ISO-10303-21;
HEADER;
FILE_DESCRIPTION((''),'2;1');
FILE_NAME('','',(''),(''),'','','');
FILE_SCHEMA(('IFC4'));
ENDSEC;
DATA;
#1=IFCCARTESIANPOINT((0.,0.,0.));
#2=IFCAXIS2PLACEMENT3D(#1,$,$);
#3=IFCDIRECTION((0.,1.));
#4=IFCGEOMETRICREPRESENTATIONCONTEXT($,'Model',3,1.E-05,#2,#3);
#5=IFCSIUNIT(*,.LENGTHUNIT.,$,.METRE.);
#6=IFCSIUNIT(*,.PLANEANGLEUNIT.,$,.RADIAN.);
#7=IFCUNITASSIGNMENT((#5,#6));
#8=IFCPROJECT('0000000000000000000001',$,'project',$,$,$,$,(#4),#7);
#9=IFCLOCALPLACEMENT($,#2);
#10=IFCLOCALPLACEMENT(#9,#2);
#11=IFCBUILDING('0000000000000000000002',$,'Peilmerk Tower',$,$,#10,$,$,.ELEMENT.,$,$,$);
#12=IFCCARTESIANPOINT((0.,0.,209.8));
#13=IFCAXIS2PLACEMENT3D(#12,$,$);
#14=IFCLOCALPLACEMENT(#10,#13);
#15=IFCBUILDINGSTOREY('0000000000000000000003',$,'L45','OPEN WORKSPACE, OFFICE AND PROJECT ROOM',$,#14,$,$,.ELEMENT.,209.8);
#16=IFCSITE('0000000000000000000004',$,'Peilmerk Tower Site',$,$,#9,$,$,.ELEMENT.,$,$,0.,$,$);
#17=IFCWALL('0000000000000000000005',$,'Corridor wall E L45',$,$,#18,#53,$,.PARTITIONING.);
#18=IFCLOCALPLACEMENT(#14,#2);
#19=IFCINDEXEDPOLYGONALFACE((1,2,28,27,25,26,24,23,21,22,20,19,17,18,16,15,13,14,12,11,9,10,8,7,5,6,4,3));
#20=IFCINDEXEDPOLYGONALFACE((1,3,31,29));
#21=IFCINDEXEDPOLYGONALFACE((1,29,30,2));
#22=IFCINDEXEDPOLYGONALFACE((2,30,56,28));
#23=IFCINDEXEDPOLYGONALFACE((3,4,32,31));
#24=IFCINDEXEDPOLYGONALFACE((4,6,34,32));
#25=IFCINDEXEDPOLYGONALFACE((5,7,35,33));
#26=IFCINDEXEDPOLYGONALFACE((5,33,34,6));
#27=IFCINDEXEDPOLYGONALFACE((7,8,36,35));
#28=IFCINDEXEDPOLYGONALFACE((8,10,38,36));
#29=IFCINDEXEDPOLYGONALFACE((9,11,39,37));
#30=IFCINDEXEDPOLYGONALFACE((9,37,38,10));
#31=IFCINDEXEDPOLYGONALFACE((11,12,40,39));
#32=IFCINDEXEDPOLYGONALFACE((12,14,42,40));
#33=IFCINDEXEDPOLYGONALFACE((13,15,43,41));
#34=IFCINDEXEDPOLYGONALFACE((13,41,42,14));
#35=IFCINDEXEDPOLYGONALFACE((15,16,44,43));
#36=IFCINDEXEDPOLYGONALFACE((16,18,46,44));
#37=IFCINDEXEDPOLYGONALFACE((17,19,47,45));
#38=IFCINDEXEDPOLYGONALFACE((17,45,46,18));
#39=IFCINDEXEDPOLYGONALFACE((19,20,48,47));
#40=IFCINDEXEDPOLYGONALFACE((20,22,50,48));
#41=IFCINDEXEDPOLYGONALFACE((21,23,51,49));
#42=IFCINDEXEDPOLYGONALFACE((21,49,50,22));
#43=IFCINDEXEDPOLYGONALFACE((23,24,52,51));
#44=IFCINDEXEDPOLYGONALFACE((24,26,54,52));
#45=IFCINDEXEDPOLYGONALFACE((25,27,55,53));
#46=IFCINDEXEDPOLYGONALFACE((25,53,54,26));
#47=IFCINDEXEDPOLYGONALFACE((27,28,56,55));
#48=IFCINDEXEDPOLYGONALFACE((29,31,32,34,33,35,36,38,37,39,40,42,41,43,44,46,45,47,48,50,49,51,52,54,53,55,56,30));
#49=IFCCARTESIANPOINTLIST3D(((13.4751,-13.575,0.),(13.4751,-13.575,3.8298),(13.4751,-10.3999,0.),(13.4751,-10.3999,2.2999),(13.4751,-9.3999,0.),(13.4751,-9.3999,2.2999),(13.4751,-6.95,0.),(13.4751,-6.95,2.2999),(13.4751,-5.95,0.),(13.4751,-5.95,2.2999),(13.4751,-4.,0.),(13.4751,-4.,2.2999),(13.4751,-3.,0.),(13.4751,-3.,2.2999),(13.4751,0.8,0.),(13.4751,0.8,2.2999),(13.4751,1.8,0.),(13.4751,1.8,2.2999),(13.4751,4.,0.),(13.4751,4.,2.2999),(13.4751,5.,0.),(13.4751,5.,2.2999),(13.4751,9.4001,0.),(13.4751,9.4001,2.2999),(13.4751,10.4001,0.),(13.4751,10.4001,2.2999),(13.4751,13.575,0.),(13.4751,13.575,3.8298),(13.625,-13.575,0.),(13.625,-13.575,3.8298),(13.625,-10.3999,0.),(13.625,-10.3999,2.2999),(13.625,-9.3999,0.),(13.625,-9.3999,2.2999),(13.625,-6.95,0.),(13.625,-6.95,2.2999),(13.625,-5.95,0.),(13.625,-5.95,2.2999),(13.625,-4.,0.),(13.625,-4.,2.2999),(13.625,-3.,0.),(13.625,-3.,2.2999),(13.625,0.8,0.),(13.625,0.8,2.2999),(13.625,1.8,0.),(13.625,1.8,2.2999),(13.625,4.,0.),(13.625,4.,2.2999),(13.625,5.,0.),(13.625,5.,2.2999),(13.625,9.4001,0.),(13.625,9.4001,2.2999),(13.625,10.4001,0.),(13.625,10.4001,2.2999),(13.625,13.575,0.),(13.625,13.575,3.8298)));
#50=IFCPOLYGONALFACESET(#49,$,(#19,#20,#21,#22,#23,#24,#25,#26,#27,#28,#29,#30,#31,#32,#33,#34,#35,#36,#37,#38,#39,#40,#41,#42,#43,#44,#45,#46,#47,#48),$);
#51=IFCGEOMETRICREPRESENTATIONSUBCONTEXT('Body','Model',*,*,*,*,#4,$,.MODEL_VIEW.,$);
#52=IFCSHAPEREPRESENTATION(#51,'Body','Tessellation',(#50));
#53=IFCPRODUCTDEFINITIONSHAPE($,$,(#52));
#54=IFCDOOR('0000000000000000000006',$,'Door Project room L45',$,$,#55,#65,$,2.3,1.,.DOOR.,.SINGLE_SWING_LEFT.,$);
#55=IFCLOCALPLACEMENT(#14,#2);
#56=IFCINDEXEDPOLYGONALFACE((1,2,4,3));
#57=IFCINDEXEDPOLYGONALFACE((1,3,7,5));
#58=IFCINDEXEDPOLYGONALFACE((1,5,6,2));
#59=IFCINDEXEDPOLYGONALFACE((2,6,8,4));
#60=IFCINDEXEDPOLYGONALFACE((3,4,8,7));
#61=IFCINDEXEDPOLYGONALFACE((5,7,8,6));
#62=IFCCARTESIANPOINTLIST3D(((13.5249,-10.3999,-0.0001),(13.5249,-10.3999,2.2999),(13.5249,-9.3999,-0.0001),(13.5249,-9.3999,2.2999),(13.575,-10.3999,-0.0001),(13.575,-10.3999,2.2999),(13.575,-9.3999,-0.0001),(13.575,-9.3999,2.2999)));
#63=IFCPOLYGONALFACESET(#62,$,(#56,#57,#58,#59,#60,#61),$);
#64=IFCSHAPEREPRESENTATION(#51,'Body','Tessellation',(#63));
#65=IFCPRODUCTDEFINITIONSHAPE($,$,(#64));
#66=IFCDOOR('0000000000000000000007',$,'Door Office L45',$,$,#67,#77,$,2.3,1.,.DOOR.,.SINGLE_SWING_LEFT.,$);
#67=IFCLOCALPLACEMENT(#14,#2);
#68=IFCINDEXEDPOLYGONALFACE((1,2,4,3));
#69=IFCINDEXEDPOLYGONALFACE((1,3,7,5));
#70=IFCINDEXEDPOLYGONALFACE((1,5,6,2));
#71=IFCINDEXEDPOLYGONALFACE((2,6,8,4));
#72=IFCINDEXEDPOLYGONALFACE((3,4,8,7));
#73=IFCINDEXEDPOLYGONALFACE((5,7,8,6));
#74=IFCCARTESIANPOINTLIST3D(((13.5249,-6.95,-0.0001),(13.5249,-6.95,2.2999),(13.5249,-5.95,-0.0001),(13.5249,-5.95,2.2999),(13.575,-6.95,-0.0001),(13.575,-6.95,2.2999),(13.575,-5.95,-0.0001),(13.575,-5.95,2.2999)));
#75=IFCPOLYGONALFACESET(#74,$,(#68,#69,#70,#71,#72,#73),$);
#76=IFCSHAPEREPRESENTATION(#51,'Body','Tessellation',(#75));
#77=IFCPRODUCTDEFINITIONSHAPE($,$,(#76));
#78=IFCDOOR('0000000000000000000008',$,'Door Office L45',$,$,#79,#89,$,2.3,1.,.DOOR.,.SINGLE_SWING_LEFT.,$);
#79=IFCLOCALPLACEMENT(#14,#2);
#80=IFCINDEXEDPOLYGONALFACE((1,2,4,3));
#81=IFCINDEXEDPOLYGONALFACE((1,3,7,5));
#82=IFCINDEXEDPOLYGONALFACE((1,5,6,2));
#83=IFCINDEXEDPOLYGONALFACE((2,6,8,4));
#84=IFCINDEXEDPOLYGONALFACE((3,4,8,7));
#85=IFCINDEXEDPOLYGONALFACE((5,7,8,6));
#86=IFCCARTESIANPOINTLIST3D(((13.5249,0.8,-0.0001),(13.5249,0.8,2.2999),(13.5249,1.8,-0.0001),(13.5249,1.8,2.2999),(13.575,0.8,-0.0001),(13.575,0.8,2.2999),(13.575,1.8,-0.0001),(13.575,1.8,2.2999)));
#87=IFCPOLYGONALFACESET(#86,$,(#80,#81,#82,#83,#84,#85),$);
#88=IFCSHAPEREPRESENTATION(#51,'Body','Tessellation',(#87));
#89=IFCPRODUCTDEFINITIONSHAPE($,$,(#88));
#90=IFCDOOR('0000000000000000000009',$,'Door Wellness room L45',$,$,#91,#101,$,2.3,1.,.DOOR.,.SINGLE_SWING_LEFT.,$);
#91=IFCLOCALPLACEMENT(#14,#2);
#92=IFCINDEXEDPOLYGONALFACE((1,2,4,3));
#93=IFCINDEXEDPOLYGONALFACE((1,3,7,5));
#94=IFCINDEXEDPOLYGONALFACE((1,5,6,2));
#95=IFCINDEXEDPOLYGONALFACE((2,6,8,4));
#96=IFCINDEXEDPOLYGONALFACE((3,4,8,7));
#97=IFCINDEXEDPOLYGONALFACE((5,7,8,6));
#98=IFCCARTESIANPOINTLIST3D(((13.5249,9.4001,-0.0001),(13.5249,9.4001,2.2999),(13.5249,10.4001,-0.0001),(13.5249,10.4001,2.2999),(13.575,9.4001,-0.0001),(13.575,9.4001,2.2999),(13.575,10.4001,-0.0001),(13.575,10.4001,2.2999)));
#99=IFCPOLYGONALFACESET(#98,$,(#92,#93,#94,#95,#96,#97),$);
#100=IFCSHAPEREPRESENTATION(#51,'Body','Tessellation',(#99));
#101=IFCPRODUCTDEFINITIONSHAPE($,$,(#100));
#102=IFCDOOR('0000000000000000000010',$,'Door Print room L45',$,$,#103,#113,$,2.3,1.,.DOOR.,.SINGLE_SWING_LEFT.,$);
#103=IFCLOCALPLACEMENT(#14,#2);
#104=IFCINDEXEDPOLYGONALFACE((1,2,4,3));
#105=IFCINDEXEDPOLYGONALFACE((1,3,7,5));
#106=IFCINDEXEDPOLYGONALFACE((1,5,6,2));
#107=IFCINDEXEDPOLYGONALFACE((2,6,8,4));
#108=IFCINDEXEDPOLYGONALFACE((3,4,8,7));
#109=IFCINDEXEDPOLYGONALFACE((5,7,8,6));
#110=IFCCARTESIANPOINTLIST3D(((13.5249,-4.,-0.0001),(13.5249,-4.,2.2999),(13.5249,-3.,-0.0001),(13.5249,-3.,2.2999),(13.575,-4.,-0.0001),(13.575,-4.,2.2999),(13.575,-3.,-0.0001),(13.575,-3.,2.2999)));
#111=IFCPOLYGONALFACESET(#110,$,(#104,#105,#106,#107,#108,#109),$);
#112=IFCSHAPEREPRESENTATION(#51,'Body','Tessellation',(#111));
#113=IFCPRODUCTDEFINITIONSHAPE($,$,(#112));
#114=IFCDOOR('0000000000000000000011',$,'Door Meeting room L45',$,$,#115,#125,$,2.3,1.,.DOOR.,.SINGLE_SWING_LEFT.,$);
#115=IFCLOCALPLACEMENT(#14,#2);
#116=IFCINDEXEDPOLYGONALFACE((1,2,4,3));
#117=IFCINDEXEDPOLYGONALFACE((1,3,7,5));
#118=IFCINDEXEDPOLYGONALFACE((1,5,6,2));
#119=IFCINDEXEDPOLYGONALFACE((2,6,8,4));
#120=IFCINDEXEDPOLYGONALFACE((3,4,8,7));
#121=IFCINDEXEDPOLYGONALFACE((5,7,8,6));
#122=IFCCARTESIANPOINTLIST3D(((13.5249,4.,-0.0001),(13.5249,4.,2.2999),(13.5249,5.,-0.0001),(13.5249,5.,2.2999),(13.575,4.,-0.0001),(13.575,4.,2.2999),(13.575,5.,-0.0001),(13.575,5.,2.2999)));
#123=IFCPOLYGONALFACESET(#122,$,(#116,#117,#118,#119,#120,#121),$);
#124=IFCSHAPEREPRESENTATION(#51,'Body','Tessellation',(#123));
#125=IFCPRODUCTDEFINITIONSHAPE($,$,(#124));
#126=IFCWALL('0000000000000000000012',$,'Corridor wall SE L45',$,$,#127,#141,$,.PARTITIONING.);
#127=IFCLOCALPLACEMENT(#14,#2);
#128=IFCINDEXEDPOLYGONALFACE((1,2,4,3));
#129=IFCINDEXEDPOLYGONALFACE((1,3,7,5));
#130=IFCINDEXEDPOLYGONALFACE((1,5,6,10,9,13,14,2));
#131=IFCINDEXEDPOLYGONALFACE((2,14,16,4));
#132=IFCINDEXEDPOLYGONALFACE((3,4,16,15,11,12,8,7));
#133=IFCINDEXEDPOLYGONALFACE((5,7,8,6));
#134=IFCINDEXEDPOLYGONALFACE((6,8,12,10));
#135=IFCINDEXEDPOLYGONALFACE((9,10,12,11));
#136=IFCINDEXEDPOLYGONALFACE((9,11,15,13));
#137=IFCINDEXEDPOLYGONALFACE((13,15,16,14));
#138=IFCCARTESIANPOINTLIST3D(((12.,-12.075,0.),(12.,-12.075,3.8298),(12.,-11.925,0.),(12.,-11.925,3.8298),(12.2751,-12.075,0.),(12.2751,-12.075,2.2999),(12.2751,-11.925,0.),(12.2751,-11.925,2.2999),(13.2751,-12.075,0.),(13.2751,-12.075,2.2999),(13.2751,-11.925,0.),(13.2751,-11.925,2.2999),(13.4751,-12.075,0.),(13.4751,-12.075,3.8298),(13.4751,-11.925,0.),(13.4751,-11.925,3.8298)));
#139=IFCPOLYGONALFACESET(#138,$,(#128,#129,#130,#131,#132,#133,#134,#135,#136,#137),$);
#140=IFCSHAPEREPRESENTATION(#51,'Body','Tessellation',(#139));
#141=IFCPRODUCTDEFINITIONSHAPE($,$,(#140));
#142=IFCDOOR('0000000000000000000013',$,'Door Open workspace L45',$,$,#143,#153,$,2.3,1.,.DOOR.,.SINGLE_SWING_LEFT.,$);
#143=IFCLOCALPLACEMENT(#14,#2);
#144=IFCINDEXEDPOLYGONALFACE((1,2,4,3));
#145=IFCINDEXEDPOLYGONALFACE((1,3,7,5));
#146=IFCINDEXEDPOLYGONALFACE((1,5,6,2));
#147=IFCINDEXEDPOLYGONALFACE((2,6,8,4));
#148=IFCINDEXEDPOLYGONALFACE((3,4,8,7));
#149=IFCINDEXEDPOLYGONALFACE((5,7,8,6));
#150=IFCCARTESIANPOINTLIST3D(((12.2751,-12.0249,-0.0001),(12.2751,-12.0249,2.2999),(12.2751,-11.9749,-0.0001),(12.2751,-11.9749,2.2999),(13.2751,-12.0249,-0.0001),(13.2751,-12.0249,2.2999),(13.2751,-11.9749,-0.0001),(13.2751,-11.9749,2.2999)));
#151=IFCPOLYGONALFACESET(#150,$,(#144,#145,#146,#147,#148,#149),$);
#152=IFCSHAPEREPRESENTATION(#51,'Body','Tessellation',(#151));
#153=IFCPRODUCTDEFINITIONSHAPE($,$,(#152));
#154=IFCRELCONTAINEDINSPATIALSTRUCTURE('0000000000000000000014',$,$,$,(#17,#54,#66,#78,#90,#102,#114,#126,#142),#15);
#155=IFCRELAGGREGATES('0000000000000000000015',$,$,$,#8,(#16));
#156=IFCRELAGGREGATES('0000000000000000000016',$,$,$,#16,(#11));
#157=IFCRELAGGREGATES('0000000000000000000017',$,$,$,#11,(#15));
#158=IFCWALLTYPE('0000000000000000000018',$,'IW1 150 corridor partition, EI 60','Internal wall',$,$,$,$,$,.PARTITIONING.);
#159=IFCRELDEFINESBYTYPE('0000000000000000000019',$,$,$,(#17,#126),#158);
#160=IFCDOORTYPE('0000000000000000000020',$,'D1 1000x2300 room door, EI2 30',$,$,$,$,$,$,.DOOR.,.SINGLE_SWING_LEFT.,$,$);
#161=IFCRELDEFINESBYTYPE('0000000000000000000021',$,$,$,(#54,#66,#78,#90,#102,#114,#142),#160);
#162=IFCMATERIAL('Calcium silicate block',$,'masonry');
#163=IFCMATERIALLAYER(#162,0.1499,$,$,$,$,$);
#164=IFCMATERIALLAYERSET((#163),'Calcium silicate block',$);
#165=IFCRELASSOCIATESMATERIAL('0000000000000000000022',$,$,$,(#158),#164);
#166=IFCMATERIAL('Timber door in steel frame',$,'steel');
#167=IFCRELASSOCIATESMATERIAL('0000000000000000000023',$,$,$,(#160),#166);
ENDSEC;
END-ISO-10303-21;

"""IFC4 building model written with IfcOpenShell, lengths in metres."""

from ifc_helpers import new_model, si_unit, direction, frame, frame_2d, origin, place, context, subcontext, project, spatial, rectangle, extrude, material, layer, layer_set, type_object, element, fill, save


model = new_model("IFC4")

# Units and contexts
model_context = context("Model", 3, precision=1e-05, world=origin(), true_north=direction((0.0, 1.0)))
body_context = subcontext(model_context, "Body", "Model", "MODEL_VIEW")
ifc_project = project(units=[si_unit("LENGTHUNIT", "METRE"), si_unit("PLANEANGLEUNIT", "RADIAN")], contexts=[model_context])

# Site, building, storey
site_placement = place(None, origin())
site = spatial("IfcSite", under=ifc_project, at=site_placement, Name="Peilmerk Tower Site", CompositionType="ELEMENT", RefElevation=0.0)
building_placement = place(site_placement, origin())
building = spatial("IfcBuilding", under=site, at=building_placement, Name="Peilmerk Tower", CompositionType="ELEMENT")
storey_placement = place(building_placement, frame((0.0, 0.0, 209.8)))
storey = spatial("IfcBuildingStorey", under=building, at=storey_placement, Name="L45", Description="OPEN WORKSPACE, OFFICE AND PROJECT ROOM", CompositionType="ELEMENT", Elevation=209.8)

# Wall, openings, doors
ifc_material_1 = material(Name="Calcium silicate block", Category="masonry")
ifc_layer_1 = layer(ifc_material_1, 0.1499)
ifc_layer_set_1 = layer_set([ifc_layer_1], Name="Calcium silicate block")
wall_type_1 = type_object("IfcWallType", Name="IW1 150 corridor partition, EI 60", Description="Internal wall", PredefinedType="PARTITIONING", material=ifc_layer_set_1)
wall_1_placement = place(storey_placement, frame((13.55, -13.575, 0.0), z_axis=(0.0, 0.0, 1.0), x_axis=(0.0, 1.0, 0.0)))
wall_1 = element("IfcWall", 1, at=wall_1_placement, inside=storey, type_object=wall_type_1, Name="Corridor wall E L45", PredefinedType="PARTITIONING", context=body_context, shape_type="SweptSolid", body=[
    extrude(rectangle(XDim=27.1499, YDim=0.1499, at=frame_2d((13.575, 0.0))), origin(), (0.0, 0.0, 1.0), 3.8298),
])
opening_1_placement = place(wall_1_placement, frame((3.175, 0.0, 0.0)))
opening_1 = element("IfcOpeningElement", 2, at=opening_1_placement, cuts=wall_1, PredefinedType="OPENING", context=body_context, shape_type="SweptSolid", body=[
    extrude(rectangle(XDim=1.0, YDim=2.3, at=frame_2d((0.5, 1.1499))), frame((0.0, 0.085, 0.0), z_axis=(0.0, -1.0, 0.0), x_axis=(1.0, 0.0, 0.0)), (0.0, 0.0, 1.0), 0.1699),
])
opening_2_placement = place(wall_1_placement, frame((6.625, 0.0, 0.0)))
opening_2 = element("IfcOpeningElement", 3, at=opening_2_placement, cuts=wall_1, PredefinedType="OPENING", context=body_context, shape_type="SweptSolid", body=[
    extrude(rectangle(XDim=1.0, YDim=2.3, at=frame_2d((0.5, 1.1499))), frame((0.0, 0.085, 0.0), z_axis=(0.0, -1.0, 0.0), x_axis=(1.0, 0.0, 0.0)), (0.0, 0.0, 1.0), 0.1699),
])
opening_3_placement = place(wall_1_placement, frame((14.375, 0.0, 0.0)))
opening_3 = element("IfcOpeningElement", 4, at=opening_3_placement, cuts=wall_1, PredefinedType="OPENING", context=body_context, shape_type="SweptSolid", body=[
    extrude(rectangle(XDim=1.0, YDim=2.3, at=frame_2d((0.5, 1.1499))), frame((0.0, 0.085, 0.0), z_axis=(0.0, -1.0, 0.0), x_axis=(1.0, 0.0, 0.0)), (0.0, 0.0, 1.0), 0.1699),
])
opening_4_placement = place(wall_1_placement, frame((22.9751, 0.0, 0.0)))
opening_4 = element("IfcOpeningElement", 5, at=opening_4_placement, cuts=wall_1, PredefinedType="OPENING", context=body_context, shape_type="SweptSolid", body=[
    extrude(rectangle(XDim=1.0, YDim=2.3, at=frame_2d((0.5, 1.1499))), frame((0.0, 0.085, 0.0), z_axis=(0.0, -1.0, 0.0), x_axis=(1.0, 0.0, 0.0)), (0.0, 0.0, 1.0), 0.1699),
])
opening_5_placement = place(wall_1_placement, frame((9.575, 0.0, 0.0)))
opening_5 = element("IfcOpeningElement", 6, at=opening_5_placement, cuts=wall_1, PredefinedType="OPENING", context=body_context, shape_type="SweptSolid", body=[
    extrude(rectangle(XDim=1.0, YDim=2.3, at=frame_2d((0.5, 1.1499))), frame((0.0, 0.085, 0.0), z_axis=(0.0, -1.0, 0.0), x_axis=(1.0, 0.0, 0.0)), (0.0, 0.0, 1.0), 0.1699),
])
opening_6_placement = place(wall_1_placement, frame((17.575, 0.0, 0.0)))
opening_6 = element("IfcOpeningElement", 7, at=opening_6_placement, cuts=wall_1, PredefinedType="OPENING", context=body_context, shape_type="SweptSolid", body=[
    extrude(rectangle(XDim=1.0, YDim=2.3, at=frame_2d((0.5, 1.1499))), frame((0.0, 0.085, 0.0), z_axis=(0.0, -1.0, 0.0), x_axis=(1.0, 0.0, 0.0)), (0.0, 0.0, 1.0), 0.1699),
])
ifc_material_2 = material(Name="Timber door in steel frame", Category="steel")
door_type = type_object("IfcDoorType", Name="D1 1000x2300 room door, EI2 30", OperationType="SINGLE_SWING_LEFT", PredefinedType="DOOR", material=ifc_material_2)
door_1_placement = place(opening_1_placement, frame((1.0, 0.0, 0.0), z_axis=(0.0, 0.0, 1.0), x_axis=(-1.0, 0.0, 0.0)))
door_1 = element("IfcDoor", 8, at=door_1_placement, inside=storey, type_object=door_type, Name="Door Project room L45", OperationType="SINGLE_SWING_LEFT", OverallHeight=2.3, OverallWidth=1.0, PredefinedType="DOOR", context=body_context, shape_type="SweptSolid", body=[
    extrude(rectangle(XDim=1.0, YDim=2.3, at=frame_2d((0.5, 1.1499))), frame((0.0, 0.0249, 0.0), z_axis=(0.0, -1.0, 0.0), x_axis=(1.0, 0.0, 0.0)), (0.0, 0.0, 1.0), 0.05),
])
fill(opening_1, door_1)
door_2_placement = place(opening_2_placement, frame((1.0, 0.0, 0.0), z_axis=(0.0, 0.0, 1.0), x_axis=(-1.0, 0.0, 0.0)))
door_2 = element("IfcDoor", 9, at=door_2_placement, inside=storey, type_object=door_type, Name="Door Office L45", OperationType="SINGLE_SWING_LEFT", OverallHeight=2.3, OverallWidth=1.0, PredefinedType="DOOR", context=body_context, shape_type="SweptSolid", body=[
    extrude(rectangle(XDim=1.0, YDim=2.3, at=frame_2d((0.5, 1.1499))), frame((0.0, 0.0249, 0.0), z_axis=(0.0, -1.0, 0.0), x_axis=(1.0, 0.0, 0.0)), (0.0, 0.0, 1.0), 0.05),
])
fill(opening_2, door_2)
door_3_placement = place(opening_3_placement, frame((1.0, 0.0, 0.0), z_axis=(0.0, 0.0, 1.0), x_axis=(-1.0, 0.0, 0.0)))
door_3 = element("IfcDoor", 10, at=door_3_placement, inside=storey, type_object=door_type, Name="Door Office L45", OperationType="SINGLE_SWING_LEFT", OverallHeight=2.3, OverallWidth=1.0, PredefinedType="DOOR", context=body_context, shape_type="SweptSolid", body=[
    extrude(rectangle(XDim=1.0, YDim=2.3, at=frame_2d((0.5, 1.1499))), frame((0.0, 0.0249, 0.0), z_axis=(0.0, -1.0, 0.0), x_axis=(1.0, 0.0, 0.0)), (0.0, 0.0, 1.0), 0.05),
])
fill(opening_3, door_3)
door_4_placement = place(opening_4_placement, frame((1.0, 0.0, 0.0), z_axis=(0.0, 0.0, 1.0), x_axis=(-1.0, 0.0, 0.0)))
door_4 = element("IfcDoor", 11, at=door_4_placement, inside=storey, type_object=door_type, Name="Door Wellness room L45", OperationType="SINGLE_SWING_LEFT", OverallHeight=2.3, OverallWidth=1.0, PredefinedType="DOOR", context=body_context, shape_type="SweptSolid", body=[
    extrude(rectangle(XDim=1.0, YDim=2.3, at=frame_2d((0.5, 1.1499))), frame((0.0, 0.0249, 0.0), z_axis=(0.0, -1.0, 0.0), x_axis=(1.0, 0.0, 0.0)), (0.0, 0.0, 1.0), 0.05),
])
fill(opening_4, door_4)
door_5_placement = place(opening_5_placement, frame((1.0, 0.0, 0.0), z_axis=(0.0, 0.0, 1.0), x_axis=(-1.0, 0.0, 0.0)))
door_5 = element("IfcDoor", 12, at=door_5_placement, inside=storey, type_object=door_type, Name="Door Print room L45", OperationType="SINGLE_SWING_LEFT", OverallHeight=2.3, OverallWidth=1.0, PredefinedType="DOOR", context=body_context, shape_type="SweptSolid", body=[
    extrude(rectangle(XDim=1.0, YDim=2.3, at=frame_2d((0.5, 1.1499))), frame((0.0, 0.0249, 0.0), z_axis=(0.0, -1.0, 0.0), x_axis=(1.0, 0.0, 0.0)), (0.0, 0.0, 1.0), 0.05),
])
fill(opening_5, door_5)
door_6_placement = place(opening_6_placement, frame((1.0, 0.0, 0.0), z_axis=(0.0, 0.0, 1.0), x_axis=(-1.0, 0.0, 0.0)))
door_6 = element("IfcDoor", 13, at=door_6_placement, inside=storey, type_object=door_type, Name="Door Meeting room L45", OperationType="SINGLE_SWING_LEFT", OverallHeight=2.3, OverallWidth=1.0, PredefinedType="DOOR", context=body_context, shape_type="SweptSolid", body=[
    extrude(rectangle(XDim=1.0, YDim=2.3, at=frame_2d((0.5, 1.1499))), frame((0.0, 0.0249, 0.0), z_axis=(0.0, -1.0, 0.0), x_axis=(1.0, 0.0, 0.0)), (0.0, 0.0, 1.0), 0.05),
])
fill(opening_6, door_6)

# Wall, opening, door
wall_2_placement = place(storey_placement, frame((13.4751, -12.0, 0.0), z_axis=(0.0, 0.0, 1.0), x_axis=(-1.0, 0.0, 0.0)))
wall_2 = element("IfcWall", 14, at=wall_2_placement, inside=storey, type_object=wall_type_1, Name="Corridor wall SE L45", PredefinedType="PARTITIONING", context=body_context, shape_type="SweptSolid", body=[
    extrude(rectangle(XDim=1.4751, YDim=0.1499, at=frame_2d((0.7375, 0.0))), origin(), (0.0, 0.0, 1.0), 3.8298),
])
opening_7_placement = place(wall_2_placement, frame((0.2, 0.0, 0.0)))
opening_7 = element("IfcOpeningElement", 15, at=opening_7_placement, cuts=wall_2, PredefinedType="OPENING", context=body_context, shape_type="SweptSolid", body=[
    extrude(rectangle(XDim=1.0, YDim=2.3, at=frame_2d((0.5, 1.1499))), frame((0.0, 0.085, 0.0), z_axis=(0.0, -1.0, 0.0), x_axis=(1.0, 0.0, 0.0)), (0.0, 0.0, 1.0), 0.1699),
])
door_7_placement = place(opening_7_placement, origin())
door_7 = element("IfcDoor", 16, at=door_7_placement, inside=storey, type_object=door_type, Name="Door Open workspace L45", OperationType="SINGLE_SWING_LEFT", OverallHeight=2.3, OverallWidth=1.0, PredefinedType="DOOR", context=body_context, shape_type="SweptSolid", body=[
    extrude(rectangle(XDim=1.0, YDim=2.3, at=frame_2d((0.5, 1.1499))), frame((0.0, 0.0249, 0.0), z_axis=(0.0, -1.0, 0.0), x_axis=(1.0, 0.0, 0.0)), (0.0, 0.0, 1.0), 0.05),
])
fill(opening_7, door_7)

save(model, "model.ifc")
